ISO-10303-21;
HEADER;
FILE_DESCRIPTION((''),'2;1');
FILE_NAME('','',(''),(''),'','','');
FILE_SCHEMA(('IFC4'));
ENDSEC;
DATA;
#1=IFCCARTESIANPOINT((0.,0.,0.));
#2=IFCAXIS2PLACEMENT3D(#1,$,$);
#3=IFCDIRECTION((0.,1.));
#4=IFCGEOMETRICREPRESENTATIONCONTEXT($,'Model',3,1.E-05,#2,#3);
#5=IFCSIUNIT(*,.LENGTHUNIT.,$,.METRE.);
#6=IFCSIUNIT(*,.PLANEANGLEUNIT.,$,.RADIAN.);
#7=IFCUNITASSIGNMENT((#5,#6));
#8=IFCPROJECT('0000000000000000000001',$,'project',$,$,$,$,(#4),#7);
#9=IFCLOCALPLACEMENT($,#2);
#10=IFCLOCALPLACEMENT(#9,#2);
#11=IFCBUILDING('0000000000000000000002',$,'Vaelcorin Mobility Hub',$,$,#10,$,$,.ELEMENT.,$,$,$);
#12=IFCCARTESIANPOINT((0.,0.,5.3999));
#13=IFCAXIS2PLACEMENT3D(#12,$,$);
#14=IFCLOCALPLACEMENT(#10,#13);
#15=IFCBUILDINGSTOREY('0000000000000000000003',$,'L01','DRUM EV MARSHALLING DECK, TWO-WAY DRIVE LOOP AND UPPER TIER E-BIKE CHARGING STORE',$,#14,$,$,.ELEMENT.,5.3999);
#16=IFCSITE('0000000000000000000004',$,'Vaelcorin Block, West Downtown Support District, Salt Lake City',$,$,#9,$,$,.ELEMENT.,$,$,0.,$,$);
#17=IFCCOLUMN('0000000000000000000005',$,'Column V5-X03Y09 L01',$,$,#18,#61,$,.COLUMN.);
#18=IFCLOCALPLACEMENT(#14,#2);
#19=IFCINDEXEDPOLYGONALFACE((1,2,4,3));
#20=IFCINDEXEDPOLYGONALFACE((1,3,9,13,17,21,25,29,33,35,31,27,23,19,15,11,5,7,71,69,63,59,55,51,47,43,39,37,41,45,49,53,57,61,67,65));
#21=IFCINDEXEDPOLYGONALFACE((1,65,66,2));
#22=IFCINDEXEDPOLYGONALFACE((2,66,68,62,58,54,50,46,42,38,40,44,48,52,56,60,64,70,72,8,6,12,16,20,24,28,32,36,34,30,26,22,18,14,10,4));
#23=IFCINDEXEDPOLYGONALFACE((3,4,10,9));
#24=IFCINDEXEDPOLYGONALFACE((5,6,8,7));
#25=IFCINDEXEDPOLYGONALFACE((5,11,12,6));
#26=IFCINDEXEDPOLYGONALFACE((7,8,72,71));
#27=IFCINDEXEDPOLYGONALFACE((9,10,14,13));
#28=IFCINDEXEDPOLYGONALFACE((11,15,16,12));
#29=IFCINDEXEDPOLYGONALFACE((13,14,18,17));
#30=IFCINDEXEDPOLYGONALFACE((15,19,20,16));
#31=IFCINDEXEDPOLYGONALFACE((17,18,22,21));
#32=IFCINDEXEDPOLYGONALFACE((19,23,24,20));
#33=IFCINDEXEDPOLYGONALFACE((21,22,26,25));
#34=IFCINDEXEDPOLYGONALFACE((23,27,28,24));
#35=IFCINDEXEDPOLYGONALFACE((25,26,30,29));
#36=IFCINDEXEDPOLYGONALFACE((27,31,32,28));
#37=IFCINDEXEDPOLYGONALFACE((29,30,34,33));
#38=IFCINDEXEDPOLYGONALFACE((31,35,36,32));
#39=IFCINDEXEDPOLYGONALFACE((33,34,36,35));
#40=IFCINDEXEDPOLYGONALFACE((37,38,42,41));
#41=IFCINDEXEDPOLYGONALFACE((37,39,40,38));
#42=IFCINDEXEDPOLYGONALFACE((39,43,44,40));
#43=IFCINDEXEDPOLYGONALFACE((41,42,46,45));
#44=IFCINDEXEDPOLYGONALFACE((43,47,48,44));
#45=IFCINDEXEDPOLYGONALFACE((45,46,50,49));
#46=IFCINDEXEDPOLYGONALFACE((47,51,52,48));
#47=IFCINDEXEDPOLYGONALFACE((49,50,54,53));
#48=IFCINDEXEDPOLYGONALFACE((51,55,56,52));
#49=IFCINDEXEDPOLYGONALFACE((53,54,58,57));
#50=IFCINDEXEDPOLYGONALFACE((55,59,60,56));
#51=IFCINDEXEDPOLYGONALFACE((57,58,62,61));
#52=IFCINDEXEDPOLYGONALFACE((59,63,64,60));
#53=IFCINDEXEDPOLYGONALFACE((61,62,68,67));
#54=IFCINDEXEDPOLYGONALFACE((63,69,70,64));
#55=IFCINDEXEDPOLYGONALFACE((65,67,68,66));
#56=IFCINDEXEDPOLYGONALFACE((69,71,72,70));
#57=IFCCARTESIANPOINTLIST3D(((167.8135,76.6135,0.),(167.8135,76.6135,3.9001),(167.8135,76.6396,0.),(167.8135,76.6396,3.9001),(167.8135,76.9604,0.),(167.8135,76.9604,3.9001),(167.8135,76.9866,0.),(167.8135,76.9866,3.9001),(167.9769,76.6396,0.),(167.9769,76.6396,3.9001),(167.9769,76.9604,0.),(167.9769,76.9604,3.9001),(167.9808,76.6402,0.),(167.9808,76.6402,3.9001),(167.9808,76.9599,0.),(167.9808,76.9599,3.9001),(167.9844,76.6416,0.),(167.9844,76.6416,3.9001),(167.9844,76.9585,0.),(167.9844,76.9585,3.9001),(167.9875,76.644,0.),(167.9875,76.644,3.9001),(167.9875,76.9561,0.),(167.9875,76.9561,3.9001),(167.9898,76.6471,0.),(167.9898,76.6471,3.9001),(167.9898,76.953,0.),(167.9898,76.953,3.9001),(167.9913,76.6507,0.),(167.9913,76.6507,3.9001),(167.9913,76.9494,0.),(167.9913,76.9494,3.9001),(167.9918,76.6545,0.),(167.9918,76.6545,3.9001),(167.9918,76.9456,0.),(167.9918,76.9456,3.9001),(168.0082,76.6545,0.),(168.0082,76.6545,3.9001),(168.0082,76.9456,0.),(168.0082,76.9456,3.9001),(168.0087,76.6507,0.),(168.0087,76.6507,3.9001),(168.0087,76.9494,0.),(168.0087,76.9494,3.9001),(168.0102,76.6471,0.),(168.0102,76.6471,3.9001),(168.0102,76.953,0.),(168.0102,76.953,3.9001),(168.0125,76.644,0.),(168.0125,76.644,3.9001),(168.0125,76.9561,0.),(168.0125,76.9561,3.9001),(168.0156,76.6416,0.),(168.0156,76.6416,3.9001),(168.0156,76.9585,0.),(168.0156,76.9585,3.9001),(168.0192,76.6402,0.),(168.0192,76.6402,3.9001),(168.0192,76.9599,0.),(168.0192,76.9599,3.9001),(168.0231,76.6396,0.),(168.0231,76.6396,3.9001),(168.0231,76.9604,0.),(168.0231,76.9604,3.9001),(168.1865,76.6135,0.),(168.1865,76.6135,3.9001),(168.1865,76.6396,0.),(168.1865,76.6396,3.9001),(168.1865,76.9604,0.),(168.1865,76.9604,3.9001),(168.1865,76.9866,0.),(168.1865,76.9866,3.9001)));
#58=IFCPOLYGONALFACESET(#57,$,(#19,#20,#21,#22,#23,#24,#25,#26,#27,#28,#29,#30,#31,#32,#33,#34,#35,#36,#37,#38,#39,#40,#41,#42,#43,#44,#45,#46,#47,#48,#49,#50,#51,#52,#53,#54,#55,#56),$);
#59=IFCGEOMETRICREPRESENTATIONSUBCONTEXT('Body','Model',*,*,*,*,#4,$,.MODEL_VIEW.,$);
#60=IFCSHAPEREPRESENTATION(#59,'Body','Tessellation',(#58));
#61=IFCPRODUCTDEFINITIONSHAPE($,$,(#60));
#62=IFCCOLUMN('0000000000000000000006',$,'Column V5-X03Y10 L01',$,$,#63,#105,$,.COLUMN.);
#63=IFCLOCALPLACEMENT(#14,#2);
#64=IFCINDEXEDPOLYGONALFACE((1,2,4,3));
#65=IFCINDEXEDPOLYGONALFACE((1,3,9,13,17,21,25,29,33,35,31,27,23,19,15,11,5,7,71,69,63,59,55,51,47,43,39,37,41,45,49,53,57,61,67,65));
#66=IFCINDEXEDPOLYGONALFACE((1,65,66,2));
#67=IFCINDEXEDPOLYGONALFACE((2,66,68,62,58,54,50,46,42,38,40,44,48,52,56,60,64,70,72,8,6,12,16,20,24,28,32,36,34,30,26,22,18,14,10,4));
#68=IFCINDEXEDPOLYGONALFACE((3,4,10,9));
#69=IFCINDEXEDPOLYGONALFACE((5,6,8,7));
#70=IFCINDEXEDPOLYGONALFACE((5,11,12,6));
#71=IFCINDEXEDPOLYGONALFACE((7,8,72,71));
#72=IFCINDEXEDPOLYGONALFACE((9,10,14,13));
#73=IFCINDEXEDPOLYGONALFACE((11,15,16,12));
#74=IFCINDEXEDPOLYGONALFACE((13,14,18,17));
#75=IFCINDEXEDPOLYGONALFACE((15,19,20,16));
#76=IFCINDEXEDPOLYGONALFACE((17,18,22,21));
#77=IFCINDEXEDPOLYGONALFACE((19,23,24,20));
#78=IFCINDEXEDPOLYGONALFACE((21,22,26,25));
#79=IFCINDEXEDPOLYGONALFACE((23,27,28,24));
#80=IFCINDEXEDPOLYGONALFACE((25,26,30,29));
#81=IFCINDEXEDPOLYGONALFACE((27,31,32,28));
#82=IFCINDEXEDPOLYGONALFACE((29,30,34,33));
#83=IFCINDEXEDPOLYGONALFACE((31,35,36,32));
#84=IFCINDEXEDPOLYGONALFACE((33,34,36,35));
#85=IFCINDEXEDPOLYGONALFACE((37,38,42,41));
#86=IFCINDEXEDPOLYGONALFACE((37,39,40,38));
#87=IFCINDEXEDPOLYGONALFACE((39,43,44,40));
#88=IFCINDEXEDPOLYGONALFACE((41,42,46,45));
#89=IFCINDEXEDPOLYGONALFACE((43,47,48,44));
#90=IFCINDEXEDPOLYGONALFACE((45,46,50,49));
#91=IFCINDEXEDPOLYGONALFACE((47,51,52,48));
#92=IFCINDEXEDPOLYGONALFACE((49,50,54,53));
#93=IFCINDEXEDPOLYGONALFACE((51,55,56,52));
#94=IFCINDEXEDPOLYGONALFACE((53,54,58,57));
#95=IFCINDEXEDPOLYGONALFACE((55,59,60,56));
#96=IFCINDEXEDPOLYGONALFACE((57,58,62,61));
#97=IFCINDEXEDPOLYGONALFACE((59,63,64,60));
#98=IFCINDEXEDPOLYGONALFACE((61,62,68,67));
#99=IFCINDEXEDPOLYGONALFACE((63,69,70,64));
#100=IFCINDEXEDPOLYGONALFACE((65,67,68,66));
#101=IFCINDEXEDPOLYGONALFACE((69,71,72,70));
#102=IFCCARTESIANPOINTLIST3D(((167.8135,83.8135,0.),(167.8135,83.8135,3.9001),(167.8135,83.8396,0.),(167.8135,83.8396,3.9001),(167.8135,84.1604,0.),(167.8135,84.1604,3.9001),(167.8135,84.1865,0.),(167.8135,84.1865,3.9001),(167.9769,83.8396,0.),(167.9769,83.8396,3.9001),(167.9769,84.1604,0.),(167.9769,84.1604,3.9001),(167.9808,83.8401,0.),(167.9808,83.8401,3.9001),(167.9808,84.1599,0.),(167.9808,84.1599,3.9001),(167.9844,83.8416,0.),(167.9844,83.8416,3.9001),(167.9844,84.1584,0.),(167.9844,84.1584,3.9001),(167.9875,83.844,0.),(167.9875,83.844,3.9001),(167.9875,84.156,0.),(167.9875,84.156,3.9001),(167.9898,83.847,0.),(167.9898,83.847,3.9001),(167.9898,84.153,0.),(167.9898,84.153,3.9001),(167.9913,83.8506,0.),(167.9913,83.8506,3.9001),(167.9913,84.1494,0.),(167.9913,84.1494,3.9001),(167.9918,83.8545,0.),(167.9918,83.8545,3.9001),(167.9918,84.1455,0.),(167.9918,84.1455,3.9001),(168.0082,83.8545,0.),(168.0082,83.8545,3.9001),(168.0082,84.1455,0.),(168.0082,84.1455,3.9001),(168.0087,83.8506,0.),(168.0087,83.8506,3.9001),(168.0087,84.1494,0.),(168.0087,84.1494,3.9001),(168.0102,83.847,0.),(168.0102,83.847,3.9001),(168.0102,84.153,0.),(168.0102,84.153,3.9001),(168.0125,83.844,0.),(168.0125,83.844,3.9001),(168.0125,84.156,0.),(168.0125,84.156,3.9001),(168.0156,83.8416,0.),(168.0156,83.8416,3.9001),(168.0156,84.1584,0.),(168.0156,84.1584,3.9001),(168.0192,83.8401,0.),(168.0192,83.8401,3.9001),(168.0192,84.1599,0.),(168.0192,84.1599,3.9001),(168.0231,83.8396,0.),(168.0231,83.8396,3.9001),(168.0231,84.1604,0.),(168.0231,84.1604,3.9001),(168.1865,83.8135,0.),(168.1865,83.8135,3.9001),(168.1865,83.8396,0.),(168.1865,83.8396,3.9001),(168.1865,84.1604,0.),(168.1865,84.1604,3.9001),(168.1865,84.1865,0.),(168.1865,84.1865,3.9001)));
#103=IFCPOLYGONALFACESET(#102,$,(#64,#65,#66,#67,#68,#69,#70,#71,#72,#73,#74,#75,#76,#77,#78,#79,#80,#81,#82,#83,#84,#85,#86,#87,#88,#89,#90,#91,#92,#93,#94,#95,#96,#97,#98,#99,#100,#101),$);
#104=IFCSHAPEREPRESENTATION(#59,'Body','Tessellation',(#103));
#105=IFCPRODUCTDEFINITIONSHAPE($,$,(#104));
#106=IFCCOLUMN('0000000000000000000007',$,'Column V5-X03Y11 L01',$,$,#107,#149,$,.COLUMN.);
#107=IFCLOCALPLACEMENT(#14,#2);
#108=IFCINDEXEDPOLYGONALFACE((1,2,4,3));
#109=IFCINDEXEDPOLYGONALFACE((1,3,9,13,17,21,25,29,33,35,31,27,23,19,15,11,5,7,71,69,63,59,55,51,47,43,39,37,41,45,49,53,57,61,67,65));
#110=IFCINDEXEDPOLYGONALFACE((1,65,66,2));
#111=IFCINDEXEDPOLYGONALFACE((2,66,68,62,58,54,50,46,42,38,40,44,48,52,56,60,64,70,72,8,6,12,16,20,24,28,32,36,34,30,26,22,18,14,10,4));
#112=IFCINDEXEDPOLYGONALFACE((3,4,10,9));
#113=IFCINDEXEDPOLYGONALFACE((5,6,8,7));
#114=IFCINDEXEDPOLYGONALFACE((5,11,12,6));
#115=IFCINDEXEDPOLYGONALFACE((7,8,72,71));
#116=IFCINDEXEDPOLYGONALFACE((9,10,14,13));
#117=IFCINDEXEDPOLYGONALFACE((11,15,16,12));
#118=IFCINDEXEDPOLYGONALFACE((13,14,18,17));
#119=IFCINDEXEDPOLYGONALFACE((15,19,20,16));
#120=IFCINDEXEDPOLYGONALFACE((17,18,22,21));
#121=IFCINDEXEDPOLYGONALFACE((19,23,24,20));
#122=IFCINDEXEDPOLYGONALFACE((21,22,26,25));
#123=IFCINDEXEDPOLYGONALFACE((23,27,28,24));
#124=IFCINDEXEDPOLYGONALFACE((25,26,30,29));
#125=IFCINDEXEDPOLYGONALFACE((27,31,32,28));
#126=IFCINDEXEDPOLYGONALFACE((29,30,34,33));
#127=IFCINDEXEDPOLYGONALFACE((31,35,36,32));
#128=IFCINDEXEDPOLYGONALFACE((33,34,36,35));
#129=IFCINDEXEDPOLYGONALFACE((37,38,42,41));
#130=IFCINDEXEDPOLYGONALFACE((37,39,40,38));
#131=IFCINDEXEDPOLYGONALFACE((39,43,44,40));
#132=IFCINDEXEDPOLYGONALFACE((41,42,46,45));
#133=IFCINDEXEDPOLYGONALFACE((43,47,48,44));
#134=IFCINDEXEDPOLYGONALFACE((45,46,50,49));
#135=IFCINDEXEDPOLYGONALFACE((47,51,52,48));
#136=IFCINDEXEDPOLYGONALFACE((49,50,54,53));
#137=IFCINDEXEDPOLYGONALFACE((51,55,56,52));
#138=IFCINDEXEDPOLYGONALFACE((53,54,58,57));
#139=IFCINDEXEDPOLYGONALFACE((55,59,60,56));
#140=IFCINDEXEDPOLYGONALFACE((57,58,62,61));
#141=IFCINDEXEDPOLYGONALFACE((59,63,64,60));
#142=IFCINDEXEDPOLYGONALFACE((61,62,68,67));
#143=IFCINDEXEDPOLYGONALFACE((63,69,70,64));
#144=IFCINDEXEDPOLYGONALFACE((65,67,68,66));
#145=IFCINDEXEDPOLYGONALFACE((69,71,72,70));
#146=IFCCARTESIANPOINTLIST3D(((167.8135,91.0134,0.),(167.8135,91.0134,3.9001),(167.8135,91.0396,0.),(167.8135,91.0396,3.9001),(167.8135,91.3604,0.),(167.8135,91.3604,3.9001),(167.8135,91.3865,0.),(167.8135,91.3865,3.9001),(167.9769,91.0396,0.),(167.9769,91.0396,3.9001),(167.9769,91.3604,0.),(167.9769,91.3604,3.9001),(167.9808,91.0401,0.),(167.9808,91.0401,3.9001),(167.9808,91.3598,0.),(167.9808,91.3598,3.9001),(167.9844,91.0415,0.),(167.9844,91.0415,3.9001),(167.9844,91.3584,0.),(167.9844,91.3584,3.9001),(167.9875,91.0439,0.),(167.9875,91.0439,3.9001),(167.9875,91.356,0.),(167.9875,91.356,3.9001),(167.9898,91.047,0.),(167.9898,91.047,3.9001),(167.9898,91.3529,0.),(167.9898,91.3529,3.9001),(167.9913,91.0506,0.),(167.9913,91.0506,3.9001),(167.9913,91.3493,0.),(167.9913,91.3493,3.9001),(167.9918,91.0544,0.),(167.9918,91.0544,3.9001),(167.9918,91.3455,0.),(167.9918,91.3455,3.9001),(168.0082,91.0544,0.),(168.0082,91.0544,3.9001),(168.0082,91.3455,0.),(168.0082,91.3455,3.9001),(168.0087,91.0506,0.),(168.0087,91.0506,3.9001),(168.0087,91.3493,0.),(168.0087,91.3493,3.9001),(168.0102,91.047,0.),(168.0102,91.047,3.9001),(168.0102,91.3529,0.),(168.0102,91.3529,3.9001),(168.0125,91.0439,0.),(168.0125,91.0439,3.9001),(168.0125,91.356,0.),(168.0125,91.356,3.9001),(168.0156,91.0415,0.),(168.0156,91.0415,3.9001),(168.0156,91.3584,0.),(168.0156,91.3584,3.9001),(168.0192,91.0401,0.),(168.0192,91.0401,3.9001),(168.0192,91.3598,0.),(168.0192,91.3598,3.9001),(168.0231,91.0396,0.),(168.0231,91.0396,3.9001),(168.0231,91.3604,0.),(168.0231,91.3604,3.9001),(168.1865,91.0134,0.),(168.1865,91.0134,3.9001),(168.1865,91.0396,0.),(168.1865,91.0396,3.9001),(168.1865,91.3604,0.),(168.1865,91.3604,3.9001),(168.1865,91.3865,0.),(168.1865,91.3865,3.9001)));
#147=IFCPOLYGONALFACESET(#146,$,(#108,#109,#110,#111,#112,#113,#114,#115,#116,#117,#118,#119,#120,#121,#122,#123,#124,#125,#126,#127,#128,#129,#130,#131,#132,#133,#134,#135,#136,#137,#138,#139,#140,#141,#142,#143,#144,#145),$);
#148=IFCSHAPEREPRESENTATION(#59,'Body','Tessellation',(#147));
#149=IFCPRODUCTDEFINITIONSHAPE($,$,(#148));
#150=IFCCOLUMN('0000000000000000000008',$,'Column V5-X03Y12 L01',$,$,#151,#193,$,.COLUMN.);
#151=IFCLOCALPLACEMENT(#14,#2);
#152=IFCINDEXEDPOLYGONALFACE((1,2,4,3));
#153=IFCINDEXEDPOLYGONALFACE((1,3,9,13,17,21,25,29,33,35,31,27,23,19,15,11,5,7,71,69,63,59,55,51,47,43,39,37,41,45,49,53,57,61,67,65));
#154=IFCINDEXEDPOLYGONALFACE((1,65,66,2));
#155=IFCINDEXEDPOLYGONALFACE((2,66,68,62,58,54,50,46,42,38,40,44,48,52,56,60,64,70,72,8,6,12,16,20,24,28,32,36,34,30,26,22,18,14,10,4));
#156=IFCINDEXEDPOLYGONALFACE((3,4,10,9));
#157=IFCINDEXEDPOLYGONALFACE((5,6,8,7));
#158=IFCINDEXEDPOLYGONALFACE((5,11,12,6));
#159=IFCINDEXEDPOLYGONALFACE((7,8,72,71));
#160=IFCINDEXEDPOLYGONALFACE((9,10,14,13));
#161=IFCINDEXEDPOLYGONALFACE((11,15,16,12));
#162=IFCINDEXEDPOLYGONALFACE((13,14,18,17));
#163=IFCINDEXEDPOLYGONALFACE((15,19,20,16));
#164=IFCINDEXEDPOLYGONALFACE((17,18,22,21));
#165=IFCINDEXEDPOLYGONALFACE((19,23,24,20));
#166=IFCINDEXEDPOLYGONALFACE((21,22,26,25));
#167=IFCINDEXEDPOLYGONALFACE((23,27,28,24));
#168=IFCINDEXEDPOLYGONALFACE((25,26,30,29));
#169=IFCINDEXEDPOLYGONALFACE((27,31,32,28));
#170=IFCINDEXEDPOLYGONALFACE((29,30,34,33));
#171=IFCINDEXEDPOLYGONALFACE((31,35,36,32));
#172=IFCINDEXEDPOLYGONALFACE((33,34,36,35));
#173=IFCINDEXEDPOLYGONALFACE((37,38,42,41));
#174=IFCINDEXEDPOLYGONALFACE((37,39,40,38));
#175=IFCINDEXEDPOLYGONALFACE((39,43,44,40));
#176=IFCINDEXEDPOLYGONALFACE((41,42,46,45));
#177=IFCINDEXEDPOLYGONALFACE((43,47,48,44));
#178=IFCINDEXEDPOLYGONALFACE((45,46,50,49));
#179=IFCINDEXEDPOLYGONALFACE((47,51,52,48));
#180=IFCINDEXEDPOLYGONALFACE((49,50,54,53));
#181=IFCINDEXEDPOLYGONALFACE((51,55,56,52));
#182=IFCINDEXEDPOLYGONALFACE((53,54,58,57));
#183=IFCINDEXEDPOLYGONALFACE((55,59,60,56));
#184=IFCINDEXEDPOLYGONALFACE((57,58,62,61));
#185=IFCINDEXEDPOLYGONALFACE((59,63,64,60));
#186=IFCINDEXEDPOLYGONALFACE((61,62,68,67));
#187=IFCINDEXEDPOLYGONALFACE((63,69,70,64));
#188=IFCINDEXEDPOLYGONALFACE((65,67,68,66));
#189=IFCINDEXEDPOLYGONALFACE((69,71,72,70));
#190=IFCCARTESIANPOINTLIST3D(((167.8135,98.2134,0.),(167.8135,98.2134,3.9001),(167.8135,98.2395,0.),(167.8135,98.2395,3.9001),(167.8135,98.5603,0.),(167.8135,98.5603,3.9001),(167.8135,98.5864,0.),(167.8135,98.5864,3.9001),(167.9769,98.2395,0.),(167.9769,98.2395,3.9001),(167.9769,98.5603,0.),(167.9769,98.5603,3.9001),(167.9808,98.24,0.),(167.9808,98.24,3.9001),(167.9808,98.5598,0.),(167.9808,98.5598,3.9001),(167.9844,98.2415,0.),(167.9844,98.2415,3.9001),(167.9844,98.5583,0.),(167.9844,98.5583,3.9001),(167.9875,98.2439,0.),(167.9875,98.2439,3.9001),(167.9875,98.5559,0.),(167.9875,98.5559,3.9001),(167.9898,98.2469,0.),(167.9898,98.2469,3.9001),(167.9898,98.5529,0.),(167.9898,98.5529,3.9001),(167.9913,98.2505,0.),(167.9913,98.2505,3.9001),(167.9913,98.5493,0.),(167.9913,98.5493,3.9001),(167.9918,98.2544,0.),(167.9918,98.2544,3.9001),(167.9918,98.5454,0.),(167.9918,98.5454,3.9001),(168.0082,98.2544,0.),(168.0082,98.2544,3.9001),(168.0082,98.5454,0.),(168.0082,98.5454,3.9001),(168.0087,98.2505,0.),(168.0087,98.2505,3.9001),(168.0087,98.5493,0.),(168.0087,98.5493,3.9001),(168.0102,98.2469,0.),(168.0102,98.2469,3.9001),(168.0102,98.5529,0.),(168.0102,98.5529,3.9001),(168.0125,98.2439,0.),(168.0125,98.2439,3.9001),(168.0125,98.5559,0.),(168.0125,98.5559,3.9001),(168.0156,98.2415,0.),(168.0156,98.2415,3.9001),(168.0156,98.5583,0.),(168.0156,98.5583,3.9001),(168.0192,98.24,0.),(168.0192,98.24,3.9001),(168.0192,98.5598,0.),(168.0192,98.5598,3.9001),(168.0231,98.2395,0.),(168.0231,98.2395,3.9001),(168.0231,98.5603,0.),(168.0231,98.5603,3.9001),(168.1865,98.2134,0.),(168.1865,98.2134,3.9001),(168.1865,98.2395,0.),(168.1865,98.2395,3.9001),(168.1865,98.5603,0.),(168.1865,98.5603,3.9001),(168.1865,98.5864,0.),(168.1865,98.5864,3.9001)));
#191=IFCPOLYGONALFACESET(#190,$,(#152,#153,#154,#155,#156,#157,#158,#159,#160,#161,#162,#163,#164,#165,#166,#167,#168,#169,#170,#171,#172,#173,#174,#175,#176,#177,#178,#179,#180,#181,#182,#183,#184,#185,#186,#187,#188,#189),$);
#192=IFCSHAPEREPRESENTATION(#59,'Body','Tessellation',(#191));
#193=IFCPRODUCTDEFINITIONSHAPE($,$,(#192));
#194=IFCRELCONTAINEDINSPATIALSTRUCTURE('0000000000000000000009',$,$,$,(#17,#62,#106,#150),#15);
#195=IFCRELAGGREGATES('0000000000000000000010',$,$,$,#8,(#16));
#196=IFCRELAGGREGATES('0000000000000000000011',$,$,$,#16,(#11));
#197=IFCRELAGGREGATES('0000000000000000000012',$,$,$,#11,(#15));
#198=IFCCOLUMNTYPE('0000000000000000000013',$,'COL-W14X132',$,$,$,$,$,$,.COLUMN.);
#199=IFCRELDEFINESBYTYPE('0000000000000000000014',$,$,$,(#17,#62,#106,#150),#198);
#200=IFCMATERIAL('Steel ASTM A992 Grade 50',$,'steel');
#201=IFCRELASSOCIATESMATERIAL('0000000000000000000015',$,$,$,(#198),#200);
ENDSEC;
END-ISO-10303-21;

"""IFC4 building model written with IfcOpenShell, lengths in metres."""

from ifc_helpers import new_model, si_unit, direction, frame, origin, origin_2d, place, context, subcontext, project, spatial, i_section, extrude, material, material_profile, profile_set, type_object, element, save


model = new_model("IFC4")

# Units and contexts
model_context = context("Model", 3, precision=1e-05, world=origin(), true_north=direction((0.0, 1.0)))
body_context = subcontext(model_context, "Body", "Model", "MODEL_VIEW")
ifc_project = project(units=[si_unit("LENGTHUNIT", "METRE"), si_unit("PLANEANGLEUNIT", "RADIAN")], contexts=[model_context])

# Site, building, storey
site_placement = place(None, origin())
site = spatial("IfcSite", under=ifc_project, at=site_placement, Name="Vaelcorin Block, West Downtown Support District, Salt Lake City", CompositionType="ELEMENT", RefElevation=0.0)
building_placement = place(site_placement, origin())
building = spatial("IfcBuilding", under=site, at=building_placement, Name="Vaelcorin Mobility Hub", CompositionType="ELEMENT")
storey_placement = place(building_placement, frame((0.0, 0.0, 5.3999)))
storey = spatial("IfcBuildingStorey", under=building, at=storey_placement, Name="L01", Description="DRUM EV MARSHALLING DECK, TWO-WAY DRIVE LOOP AND UPPER TIER E-BIKE CHARGING STORE", CompositionType="ELEMENT", Elevation=5.3999)

# Columns
ifc_material_1 = material(Name="Steel ASTM A992 Grade 50", Category="steel")
ifc_material_profile_1 = material_profile(ifc_material_1, i_section(OverallWidth=0.373, OverallDepth=0.373, WebThickness=0.0164, FlangeThickness=0.0261, FilletRadius=0.0149, at=origin_2d()), Name="W14X132")
ifc_profile_set_1 = profile_set([ifc_material_profile_1], Name="Steel ASTM A992 Grade 50")
column_type = type_object("IfcColumnType", Name="COL-W14X132", PredefinedType="COLUMN", material=ifc_profile_set_1)
for number, where, z_axis, x_axis, name in (
    (1, (168.0, 76.8, 0.0), (0.0, 0.0, 1.0), (1.0, 0.0, 0.0), "Column V5-X03Y09 L01"),
    (2, (168.0, 84.0, 0.0), (0.0, 0.0, 1.0), (1.0, 0.0, 0.0), "Column V5-X03Y10 L01"),
    (3, (168.0, 91.2, 0.0), (0.0, 0.0, 1.0), (1.0, 0.0, 0.0), "Column V5-X03Y11 L01"),
    (4, (168.0, 98.3999, 0.0), (0.0, 0.0, 1.0), (1.0, 0.0, 0.0), "Column V5-X03Y12 L01"),
):
    element("IfcColumn", number, at=place(storey_placement, frame(where, z_axis=z_axis, x_axis=x_axis)), inside=storey, type_object=column_type, Name=name, PredefinedType="COLUMN", context=body_context, shape_type="SweptSolid", body=[
        extrude(i_section(OverallWidth=0.373, OverallDepth=0.373, WebThickness=0.0164, FlangeThickness=0.0261, FilletRadius=0.0149, at=origin_2d()), origin(), (0.0, 0.0, 1.0), 3.9001),
    ])

save(model, "model.ifc")
